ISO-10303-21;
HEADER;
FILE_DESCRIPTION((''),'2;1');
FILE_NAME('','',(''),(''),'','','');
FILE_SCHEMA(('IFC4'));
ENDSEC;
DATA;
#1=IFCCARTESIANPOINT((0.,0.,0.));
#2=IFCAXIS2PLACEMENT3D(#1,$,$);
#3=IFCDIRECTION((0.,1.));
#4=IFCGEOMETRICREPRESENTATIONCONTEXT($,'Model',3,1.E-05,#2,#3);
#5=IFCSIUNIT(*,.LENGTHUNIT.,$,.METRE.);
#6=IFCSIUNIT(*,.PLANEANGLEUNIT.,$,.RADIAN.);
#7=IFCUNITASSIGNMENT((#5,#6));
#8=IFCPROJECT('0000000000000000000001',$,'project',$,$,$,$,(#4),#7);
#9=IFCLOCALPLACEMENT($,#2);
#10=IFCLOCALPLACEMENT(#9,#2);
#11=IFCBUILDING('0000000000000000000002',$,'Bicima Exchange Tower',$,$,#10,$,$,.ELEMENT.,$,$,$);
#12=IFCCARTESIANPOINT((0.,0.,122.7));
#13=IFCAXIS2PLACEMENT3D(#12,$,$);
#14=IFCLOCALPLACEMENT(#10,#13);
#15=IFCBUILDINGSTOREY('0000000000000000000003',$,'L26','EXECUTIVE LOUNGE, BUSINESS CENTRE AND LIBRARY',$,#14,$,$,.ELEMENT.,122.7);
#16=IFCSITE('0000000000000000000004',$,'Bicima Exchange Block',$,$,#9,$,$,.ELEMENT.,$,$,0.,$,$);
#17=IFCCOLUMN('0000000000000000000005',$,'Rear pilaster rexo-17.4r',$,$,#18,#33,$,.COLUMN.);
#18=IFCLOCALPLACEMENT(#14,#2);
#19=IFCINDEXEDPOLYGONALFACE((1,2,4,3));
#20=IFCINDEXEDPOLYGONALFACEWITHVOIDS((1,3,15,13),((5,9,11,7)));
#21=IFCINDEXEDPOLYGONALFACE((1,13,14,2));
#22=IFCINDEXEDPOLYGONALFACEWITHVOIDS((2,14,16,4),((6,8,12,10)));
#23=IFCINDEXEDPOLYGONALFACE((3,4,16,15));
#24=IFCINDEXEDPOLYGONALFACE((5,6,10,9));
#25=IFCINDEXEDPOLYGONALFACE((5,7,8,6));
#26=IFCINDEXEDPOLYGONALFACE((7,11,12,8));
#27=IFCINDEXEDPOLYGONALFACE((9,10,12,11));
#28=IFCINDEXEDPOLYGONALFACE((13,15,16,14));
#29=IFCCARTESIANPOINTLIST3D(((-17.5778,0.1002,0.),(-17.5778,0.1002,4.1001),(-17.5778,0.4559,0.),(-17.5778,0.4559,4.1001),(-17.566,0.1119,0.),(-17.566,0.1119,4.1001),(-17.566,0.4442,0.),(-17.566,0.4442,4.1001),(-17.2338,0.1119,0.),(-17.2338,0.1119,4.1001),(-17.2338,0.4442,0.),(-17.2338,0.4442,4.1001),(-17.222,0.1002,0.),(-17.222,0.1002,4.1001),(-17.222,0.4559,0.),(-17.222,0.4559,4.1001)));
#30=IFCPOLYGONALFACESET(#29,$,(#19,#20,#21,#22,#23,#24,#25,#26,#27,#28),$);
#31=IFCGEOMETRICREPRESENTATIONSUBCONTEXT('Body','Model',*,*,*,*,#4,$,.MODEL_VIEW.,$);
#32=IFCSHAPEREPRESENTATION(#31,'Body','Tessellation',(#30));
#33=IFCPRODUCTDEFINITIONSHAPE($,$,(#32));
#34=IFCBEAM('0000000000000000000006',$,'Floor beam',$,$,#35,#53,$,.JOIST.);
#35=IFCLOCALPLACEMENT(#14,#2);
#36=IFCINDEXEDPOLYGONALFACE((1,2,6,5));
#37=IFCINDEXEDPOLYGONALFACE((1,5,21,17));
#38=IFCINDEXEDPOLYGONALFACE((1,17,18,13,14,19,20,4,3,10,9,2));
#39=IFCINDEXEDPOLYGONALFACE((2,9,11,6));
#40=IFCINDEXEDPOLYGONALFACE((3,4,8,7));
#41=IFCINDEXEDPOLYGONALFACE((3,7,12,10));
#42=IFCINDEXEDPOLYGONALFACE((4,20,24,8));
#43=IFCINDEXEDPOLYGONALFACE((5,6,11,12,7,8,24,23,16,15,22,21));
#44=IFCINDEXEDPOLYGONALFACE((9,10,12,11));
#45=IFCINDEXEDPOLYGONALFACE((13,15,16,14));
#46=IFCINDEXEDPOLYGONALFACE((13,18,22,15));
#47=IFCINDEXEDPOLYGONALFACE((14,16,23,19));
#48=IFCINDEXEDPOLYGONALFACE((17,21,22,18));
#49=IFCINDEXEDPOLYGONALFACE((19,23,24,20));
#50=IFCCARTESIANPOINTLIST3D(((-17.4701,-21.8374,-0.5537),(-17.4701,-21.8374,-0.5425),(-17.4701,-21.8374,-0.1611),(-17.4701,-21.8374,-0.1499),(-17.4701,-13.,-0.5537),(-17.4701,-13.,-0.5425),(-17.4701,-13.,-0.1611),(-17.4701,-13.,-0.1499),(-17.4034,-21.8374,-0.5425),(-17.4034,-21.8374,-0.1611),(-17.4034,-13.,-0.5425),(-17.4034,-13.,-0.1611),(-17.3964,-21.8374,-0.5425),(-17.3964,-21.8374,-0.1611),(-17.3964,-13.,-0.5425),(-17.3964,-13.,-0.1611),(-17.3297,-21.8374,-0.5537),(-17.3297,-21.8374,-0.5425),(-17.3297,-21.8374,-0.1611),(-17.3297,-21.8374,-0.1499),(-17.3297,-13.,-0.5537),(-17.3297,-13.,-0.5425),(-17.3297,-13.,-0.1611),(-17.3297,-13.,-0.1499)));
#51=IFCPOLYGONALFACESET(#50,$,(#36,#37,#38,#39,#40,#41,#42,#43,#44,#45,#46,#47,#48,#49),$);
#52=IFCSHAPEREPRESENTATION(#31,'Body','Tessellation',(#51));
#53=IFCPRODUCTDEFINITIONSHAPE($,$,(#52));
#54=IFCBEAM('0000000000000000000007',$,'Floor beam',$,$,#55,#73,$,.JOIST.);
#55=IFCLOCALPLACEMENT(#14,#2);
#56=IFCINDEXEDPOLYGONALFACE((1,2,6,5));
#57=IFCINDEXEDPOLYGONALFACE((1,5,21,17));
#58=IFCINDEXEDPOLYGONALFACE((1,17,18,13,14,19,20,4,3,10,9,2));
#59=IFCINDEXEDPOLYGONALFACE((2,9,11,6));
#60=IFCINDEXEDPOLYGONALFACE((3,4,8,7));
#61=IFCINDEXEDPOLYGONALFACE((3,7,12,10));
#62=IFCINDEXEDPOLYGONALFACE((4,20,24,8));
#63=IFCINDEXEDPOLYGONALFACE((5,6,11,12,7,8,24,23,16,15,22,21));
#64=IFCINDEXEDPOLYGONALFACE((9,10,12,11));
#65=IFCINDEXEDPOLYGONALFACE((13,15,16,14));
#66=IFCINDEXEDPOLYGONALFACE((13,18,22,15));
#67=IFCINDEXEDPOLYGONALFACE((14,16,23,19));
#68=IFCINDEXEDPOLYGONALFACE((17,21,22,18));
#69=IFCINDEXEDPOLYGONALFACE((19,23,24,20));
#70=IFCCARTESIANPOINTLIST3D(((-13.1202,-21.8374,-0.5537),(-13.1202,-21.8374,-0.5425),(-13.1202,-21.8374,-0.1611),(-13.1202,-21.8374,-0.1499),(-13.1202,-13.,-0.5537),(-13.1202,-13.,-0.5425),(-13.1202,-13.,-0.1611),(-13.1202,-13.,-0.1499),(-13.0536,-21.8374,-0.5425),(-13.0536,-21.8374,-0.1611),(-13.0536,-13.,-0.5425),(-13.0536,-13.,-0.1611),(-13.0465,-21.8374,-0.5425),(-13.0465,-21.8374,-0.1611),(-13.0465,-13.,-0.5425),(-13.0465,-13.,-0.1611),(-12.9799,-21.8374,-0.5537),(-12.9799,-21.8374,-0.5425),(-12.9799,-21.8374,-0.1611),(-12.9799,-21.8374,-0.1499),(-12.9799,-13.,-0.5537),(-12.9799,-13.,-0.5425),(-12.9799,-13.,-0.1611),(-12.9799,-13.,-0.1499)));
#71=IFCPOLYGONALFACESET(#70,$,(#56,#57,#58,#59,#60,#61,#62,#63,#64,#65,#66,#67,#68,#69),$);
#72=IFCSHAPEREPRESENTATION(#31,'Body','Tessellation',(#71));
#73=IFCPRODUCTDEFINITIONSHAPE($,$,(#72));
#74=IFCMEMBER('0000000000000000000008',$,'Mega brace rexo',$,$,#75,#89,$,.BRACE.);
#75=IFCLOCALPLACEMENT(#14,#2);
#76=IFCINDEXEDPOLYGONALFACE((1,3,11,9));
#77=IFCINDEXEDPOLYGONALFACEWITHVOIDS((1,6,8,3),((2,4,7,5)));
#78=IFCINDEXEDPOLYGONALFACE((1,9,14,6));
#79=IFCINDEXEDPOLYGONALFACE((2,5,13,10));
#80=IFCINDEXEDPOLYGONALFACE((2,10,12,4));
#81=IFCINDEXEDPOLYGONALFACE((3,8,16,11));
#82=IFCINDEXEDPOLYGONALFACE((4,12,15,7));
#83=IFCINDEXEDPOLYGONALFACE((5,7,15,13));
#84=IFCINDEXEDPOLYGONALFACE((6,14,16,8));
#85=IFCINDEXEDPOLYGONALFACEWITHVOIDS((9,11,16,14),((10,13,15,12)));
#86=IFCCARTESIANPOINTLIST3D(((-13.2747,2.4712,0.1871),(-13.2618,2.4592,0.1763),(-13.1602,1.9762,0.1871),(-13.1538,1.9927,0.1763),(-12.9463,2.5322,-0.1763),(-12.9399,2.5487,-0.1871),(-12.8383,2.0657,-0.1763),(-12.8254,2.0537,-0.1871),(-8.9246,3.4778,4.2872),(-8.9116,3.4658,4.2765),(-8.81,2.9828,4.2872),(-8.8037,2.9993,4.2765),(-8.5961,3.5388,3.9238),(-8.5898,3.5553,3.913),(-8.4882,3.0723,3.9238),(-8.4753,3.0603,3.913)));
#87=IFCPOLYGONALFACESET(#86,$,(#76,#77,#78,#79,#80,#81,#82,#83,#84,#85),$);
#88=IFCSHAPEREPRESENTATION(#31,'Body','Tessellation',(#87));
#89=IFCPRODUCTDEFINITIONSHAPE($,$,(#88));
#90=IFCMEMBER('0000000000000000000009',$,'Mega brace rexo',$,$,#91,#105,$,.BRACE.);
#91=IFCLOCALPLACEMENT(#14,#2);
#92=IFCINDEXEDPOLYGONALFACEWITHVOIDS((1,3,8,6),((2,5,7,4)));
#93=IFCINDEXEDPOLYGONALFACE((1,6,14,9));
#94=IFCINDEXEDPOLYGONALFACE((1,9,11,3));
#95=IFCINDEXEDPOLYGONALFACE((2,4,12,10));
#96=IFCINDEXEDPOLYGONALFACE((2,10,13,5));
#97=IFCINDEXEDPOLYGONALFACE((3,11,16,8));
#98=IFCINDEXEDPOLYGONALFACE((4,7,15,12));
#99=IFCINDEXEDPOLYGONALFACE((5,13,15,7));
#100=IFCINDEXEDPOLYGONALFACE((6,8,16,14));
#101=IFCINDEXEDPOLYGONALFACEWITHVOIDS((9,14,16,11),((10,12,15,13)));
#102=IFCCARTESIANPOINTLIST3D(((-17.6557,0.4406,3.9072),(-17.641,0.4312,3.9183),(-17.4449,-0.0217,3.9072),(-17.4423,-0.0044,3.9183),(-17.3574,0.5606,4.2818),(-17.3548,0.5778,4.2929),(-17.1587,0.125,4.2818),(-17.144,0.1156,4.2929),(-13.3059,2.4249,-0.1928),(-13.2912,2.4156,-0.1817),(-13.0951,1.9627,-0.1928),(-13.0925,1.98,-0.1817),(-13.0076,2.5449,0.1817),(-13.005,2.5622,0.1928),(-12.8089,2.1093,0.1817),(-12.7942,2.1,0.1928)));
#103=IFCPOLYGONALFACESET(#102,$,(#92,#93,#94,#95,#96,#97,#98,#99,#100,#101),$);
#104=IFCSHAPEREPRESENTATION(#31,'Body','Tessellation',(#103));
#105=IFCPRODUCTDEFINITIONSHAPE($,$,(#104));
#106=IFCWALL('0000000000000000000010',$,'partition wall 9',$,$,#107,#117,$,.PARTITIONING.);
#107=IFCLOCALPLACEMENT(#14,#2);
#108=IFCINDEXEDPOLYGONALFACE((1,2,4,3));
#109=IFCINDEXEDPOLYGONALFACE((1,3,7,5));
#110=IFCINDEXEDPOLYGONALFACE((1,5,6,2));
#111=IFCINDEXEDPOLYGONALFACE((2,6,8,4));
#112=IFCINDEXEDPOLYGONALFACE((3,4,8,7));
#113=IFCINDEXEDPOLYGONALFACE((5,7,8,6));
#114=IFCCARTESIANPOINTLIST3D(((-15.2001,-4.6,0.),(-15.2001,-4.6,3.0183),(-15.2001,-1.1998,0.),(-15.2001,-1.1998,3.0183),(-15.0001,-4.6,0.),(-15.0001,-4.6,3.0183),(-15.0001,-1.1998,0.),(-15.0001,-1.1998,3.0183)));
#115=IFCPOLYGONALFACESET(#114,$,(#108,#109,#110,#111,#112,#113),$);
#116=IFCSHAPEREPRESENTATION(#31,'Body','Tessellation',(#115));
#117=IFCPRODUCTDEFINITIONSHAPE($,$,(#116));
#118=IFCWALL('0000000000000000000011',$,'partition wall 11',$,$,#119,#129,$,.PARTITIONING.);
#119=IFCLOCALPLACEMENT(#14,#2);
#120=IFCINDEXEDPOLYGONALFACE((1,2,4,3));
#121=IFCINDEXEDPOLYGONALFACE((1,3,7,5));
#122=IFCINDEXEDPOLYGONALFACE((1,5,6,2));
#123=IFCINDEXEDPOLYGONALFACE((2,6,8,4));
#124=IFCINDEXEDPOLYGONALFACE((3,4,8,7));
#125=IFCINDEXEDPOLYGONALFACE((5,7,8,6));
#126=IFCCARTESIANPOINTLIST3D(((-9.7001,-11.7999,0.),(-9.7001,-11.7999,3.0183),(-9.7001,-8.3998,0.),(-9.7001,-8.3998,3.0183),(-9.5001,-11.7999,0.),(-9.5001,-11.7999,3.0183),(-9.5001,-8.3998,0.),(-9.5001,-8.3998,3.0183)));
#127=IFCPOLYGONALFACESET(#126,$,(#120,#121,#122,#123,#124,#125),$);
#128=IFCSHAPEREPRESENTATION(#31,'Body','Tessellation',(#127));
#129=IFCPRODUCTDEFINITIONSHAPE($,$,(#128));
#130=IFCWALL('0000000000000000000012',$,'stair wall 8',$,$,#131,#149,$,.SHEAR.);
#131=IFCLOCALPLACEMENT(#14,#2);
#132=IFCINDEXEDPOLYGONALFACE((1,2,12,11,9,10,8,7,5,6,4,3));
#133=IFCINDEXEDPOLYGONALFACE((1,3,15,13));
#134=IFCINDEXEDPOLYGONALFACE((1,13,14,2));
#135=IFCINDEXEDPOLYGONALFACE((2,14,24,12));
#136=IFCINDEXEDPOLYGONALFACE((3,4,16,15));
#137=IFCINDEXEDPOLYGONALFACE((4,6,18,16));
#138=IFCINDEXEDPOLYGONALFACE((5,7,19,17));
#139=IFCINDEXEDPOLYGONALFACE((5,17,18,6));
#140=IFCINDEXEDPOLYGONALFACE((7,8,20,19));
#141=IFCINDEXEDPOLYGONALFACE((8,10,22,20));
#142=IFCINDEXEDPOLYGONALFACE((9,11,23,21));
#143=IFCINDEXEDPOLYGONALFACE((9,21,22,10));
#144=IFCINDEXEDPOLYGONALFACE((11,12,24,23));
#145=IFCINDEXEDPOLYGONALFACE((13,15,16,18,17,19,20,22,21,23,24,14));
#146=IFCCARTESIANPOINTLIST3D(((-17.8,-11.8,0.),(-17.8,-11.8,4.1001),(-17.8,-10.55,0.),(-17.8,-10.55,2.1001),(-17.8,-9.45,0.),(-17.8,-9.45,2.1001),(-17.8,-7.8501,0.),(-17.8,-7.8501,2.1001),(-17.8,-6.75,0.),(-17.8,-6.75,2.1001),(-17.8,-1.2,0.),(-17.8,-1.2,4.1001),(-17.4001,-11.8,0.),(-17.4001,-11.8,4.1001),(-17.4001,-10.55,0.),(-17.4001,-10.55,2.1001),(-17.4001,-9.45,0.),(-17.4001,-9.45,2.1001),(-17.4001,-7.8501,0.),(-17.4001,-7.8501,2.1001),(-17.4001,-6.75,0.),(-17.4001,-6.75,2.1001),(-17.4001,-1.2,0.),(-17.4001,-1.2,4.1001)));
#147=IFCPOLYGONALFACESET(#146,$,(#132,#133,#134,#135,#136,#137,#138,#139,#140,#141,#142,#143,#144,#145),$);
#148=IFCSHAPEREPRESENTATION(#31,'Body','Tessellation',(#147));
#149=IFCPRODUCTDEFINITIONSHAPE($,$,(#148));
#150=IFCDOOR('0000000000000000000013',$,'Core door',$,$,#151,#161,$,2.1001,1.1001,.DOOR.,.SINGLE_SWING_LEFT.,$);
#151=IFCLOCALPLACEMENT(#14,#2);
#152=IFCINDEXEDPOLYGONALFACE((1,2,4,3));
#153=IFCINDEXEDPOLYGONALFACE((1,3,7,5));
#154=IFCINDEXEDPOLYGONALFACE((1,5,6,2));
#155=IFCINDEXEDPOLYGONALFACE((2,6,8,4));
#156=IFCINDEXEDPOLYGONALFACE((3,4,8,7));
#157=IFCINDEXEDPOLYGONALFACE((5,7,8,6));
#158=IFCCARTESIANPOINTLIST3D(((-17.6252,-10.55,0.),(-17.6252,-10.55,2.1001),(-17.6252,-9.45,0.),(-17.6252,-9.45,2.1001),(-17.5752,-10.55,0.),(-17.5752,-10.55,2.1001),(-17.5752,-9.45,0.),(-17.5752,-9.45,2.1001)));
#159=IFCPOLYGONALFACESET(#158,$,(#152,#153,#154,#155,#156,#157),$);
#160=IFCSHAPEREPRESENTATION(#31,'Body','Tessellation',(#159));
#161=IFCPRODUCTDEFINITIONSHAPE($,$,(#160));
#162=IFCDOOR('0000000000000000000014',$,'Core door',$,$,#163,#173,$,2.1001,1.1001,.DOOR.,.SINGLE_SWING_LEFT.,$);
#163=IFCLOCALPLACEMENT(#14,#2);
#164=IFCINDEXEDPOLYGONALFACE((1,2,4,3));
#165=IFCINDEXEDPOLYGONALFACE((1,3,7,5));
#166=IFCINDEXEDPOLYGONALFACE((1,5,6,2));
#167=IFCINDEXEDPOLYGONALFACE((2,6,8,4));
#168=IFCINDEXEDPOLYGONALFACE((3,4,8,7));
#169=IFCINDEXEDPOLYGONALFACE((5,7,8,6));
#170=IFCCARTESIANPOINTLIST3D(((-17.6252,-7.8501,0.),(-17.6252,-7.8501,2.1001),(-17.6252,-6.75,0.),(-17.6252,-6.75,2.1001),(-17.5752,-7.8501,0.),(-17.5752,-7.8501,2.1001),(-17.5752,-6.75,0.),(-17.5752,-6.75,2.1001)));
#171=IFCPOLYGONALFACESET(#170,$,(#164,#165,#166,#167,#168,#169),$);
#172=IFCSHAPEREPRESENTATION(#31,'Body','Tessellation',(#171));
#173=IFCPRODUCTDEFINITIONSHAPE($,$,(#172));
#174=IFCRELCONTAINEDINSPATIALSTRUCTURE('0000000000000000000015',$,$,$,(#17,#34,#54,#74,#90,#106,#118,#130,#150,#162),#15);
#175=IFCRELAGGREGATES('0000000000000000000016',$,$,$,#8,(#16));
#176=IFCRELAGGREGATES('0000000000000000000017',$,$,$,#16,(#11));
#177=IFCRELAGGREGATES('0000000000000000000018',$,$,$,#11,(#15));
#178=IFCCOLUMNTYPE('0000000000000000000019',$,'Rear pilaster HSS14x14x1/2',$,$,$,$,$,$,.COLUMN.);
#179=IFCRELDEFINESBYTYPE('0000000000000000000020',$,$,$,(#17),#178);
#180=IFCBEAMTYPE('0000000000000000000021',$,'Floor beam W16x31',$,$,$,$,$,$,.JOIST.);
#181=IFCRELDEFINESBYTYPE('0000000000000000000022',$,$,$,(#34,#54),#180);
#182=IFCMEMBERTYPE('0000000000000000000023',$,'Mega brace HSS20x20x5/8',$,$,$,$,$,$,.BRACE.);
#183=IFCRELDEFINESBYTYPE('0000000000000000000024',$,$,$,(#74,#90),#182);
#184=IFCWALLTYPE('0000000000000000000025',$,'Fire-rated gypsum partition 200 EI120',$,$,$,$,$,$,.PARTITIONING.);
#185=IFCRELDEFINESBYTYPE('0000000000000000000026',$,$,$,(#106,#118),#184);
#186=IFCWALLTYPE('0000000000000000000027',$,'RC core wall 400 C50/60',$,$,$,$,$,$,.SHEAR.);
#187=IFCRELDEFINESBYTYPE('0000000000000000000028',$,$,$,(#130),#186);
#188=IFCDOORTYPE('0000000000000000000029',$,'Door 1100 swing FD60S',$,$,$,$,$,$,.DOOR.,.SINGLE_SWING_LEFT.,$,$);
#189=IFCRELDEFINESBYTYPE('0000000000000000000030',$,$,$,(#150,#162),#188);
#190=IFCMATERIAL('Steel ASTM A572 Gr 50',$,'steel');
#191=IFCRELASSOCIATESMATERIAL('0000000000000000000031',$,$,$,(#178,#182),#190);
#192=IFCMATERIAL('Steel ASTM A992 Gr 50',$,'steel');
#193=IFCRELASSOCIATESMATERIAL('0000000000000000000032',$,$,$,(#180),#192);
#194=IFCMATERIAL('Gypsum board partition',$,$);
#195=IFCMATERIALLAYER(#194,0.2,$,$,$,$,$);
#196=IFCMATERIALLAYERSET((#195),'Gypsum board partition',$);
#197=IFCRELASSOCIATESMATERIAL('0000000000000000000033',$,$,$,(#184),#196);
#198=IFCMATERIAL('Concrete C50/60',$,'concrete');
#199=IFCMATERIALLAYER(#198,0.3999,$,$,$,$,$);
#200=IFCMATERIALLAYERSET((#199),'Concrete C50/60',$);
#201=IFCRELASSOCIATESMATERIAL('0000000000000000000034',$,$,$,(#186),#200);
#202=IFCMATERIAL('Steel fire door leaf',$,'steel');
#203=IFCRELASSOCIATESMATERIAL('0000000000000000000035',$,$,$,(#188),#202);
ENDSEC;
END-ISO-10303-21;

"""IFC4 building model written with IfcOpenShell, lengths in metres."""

from ifc_helpers import new_model, si_unit, direction, frame, frame_2d, origin, origin_2d, place, context, subcontext, project, spatial, rectangle, hollow_rectangle, i_section, extrude, material, layer, layer_set, material_profile, profile_set, type_object, element, fill, save


model = new_model("IFC4")

# Units and contexts
model_context = context("Model", 3, precision=1e-05, world=origin(), true_north=direction((0.0, 1.0)))
body_context = subcontext(model_context, "Body", "Model", "MODEL_VIEW")
ifc_project = project(units=[si_unit("LENGTHUNIT", "METRE"), si_unit("PLANEANGLEUNIT", "RADIAN")], contexts=[model_context])

# Site, building, storey
site_placement = place(None, origin())
site = spatial("IfcSite", under=ifc_project, at=site_placement, Name="Bicima Exchange Block", CompositionType="ELEMENT", RefElevation=0.0)
building_placement = place(site_placement, origin())
building = spatial("IfcBuilding", under=site, at=building_placement, Name="Bicima Exchange Tower", CompositionType="ELEMENT")
storey_placement = place(building_placement, frame((0.0, 0.0, 122.7)))
storey = spatial("IfcBuildingStorey", under=building, at=storey_placement, Name="L26", Description="EXECUTIVE LOUNGE, BUSINESS CENTRE AND LIBRARY", CompositionType="ELEMENT", Elevation=122.7)

# Column
ifc_material_1 = material(Name="Steel ASTM A572 Gr 50", Category="steel")
ifc_material_profile_1 = material_profile(ifc_material_1, hollow_rectangle(XDim=0.3557, YDim=0.3557, WallThickness=0.0117, at=origin_2d()))
ifc_profile_set_1 = profile_set([ifc_material_profile_1], Name="Steel ASTM A572 Gr 50")
column_type = type_object("IfcColumnType", Name="Rear pilaster HSS14x14x1/2", PredefinedType="COLUMN", material=ifc_profile_set_1)
column_placement = place(storey_placement, frame((-17.3999, 0.2781, 0.0), z_axis=(0.0, 0.0, 1.0), x_axis=(1.0, 0.0, 0.0)))
element("IfcColumn", 1, at=column_placement, inside=storey, type_object=column_type, Name="Rear pilaster rexo-17.4r", PredefinedType="COLUMN", context=body_context, shape_type="SweptSolid", body=[
    extrude(hollow_rectangle(XDim=0.3557, YDim=0.3557, WallThickness=0.0117, at=origin_2d()), origin(), (0.0, 0.0, 1.0), 4.1001),
])

# Beams
ifc_material_2 = material(Name="Steel ASTM A992 Gr 50", Category="steel")
ifc_material_profile_2 = material_profile(ifc_material_2, i_section(OverallWidth=0.1404, OverallDepth=0.4038, WebThickness=0.0071, FlangeThickness=0.0112, at=origin_2d()))
ifc_profile_set_2 = profile_set([ifc_material_profile_2], Name="Steel ASTM A992 Gr 50")
beam_type = type_object("IfcBeamType", Name="Floor beam W16x31", PredefinedType="JOIST", material=ifc_profile_set_2)
for number, where, z_axis, x_axis, name in (
    (2, (-17.3999, -13.0, -0.3518), (0.0, -1.0, 0.0), (1.0, 0.0, 0.0), "Floor beam"),
    (3, (-13.05, -13.0, -0.3518), (0.0, -1.0, 0.0), (1.0, 0.0, 0.0), "Floor beam"),
):
    element("IfcBeam", number, at=place(storey_placement, frame(where, z_axis=z_axis, x_axis=x_axis)), inside=storey, type_object=beam_type, Name=name, PredefinedType="JOIST", context=body_context, shape_type="SweptSolid", body=[
        extrude(i_section(OverallWidth=0.1404, OverallDepth=0.4038, WebThickness=0.0071, FlangeThickness=0.0112, at=origin_2d()), origin(), (0.0, 0.0, 1.0), 8.8374),
    ])

# Members
ifc_material_profile_3 = material_profile(ifc_material_1, hollow_rectangle(XDim=0.5081, YDim=0.5081, WallThickness=0.0146, at=origin_2d()))
ifc_profile_set_3 = profile_set([ifc_material_profile_3], Name="Steel ASTM A572 Gr 50")
member_type = type_object("IfcMemberType", Name="Mega brace HSS20x20x5/8", PredefinedType="BRACE", material=ifc_profile_set_3)
member_1_placement = place(storey_placement, frame((-13.05, 2.2625, 0.0), z_axis=(0.717606, 0.166051, 0.676365), x_axis=(-0.225439, 0.974257, 0.0)))
element("IfcMember", 4, at=member_1_placement, inside=storey, type_object=member_type, Name="Mega brace rexo", PredefinedType="BRACE", context=body_context, shape_type="SweptSolid", body=[
    extrude(hollow_rectangle(XDim=0.5081, YDim=0.5081, WallThickness=0.0146, at=origin_2d()), origin(), (0.0, 0.0, 1.0), 6.062),
])
member_2_placement = place(storey_placement, frame((-13.05, 2.2625, 0.0), z_axis=(-0.690629, -0.31506, 0.650975), x_axis=(0.415045, -0.909801, 0.0)))
element("IfcMember", 5, at=member_2_placement, inside=storey, type_object=member_type, Name="Mega brace rexo", PredefinedType="BRACE", context=body_context, shape_type="SweptSolid", body=[
    extrude(hollow_rectangle(XDim=0.5081, YDim=0.5081, WallThickness=0.0146, at=origin_2d()), origin(), (0.0, 0.0, 1.0), 6.2983),
])

# Walls
ifc_material_3 = material(Name="Gypsum board partition")
ifc_layer_1 = layer(ifc_material_3, 0.2)
ifc_layer_set_1 = layer_set([ifc_layer_1], Name="Gypsum board partition")
wall_type_1 = type_object("IfcWallType", Name="Fire-rated gypsum partition 200 EI120", PredefinedType="PARTITIONING", material=ifc_layer_set_1)
for number, where, z_axis, x_axis, name in (
    (6, (-15.1001, -4.6001, 0.0), (0.0, 0.0, 1.0), (0.0, 1.0, 0.0), "partition wall 9"),
    (7, (-9.6001, -11.8, 0.0), (0.0, 0.0, 1.0), (0.0, 1.0, 0.0), "partition wall 11"),
):
    element("IfcWall", number, at=place(storey_placement, frame(where, z_axis=z_axis, x_axis=x_axis)), inside=storey, type_object=wall_type_1, Name=name, PredefinedType="PARTITIONING", context=body_context, shape_type="SweptSolid", body=[
        extrude(rectangle(XDim=3.4001, YDim=0.2, at=frame_2d((1.7002, 0.0))), origin(), (0.0, 0.0, 1.0), 3.0183),
    ])

# Wall, openings, doors
ifc_material_4 = material(Name="Concrete C50/60", Category="concrete")
ifc_layer_2 = layer(ifc_material_4, 0.3999)
ifc_layer_set_2 = layer_set([ifc_layer_2], Name="Concrete C50/60")
wall_type_2 = type_object("IfcWallType", Name="RC core wall 400 C50/60", PredefinedType="SHEAR", material=ifc_layer_set_2)
wall_1_placement = place(storey_placement, frame((-17.6001, -11.8, 0.0), z_axis=(0.0, 0.0, 1.0), x_axis=(0.0, 1.0, 0.0)))
wall_1 = element("IfcWall", 8, at=wall_1_placement, inside=storey, type_object=wall_type_2, Name="stair wall 8", PredefinedType="SHEAR", context=body_context, shape_type="SweptSolid", body=[
    extrude(rectangle(XDim=10.6001, YDim=0.3999, at=frame_2d((5.3, 0.0))), origin(), (0.0, 0.0, 1.0), 4.1001),
])
opening_1_placement = place(wall_1_placement, frame((1.25, 0.0, 0.0)))
opening_1 = element("IfcOpeningElement", 9, at=opening_1_placement, cuts=wall_1, PredefinedType="OPENING", context=body_context, shape_type="SweptSolid", body=[
    extrude(rectangle(XDim=1.1001, YDim=2.1001, at=frame_2d((0.55, 1.05))), frame((0.0, 0.2119, 0.0), z_axis=(0.0, -1.0, 0.0), x_axis=(1.0, 0.0, 0.0)), (0.0, 0.0, 1.0), 0.4238),
])
opening_2_placement = place(wall_1_placement, frame((3.95, 0.0, 0.0)))
opening_2 = element("IfcOpeningElement", 10, at=opening_2_placement, cuts=wall_1, PredefinedType="OPENING", context=body_context, shape_type="SweptSolid", body=[
    extrude(rectangle(XDim=1.1001, YDim=2.1001, at=frame_2d((0.55, 1.05))), frame((0.0, 0.2119, 0.0), z_axis=(0.0, -1.0, 0.0), x_axis=(1.0, 0.0, 0.0)), (0.0, 0.0, 1.0), 0.4238),
])
ifc_material_5 = material(Name="Steel fire door leaf", Category="steel")
door_type_1 = type_object("IfcDoorType", Name="Door 1100 swing FD60S", OperationType="SINGLE_SWING_LEFT", PredefinedType="DOOR", material=ifc_material_5)
door_1_placement = place(opening_1_placement, frame((1.1001, 0.0, 0.0), z_axis=(0.0, 0.0, 1.0), x_axis=(-1.0, 0.0, 0.0)))
door_1 = element("IfcDoor", 11, at=door_1_placement, inside=storey, type_object=door_type_1, Name="Core door", OperationType="SINGLE_SWING_LEFT", OverallHeight=2.1001, OverallWidth=1.1001, PredefinedType="DOOR", context=body_context, shape_type="SweptSolid", body=[
    extrude(rectangle(XDim=1.1001, YDim=2.1001, at=frame_2d((0.55, 1.05))), frame((0.0, 0.0249, 0.0), z_axis=(0.0, -1.0, 0.0), x_axis=(1.0, 0.0, 0.0)), (0.0, 0.0, 1.0), 0.05),
])
fill(opening_1, door_1)
door_2_placement = place(opening_2_placement, frame((1.1001, 0.0, 0.0), z_axis=(0.0, 0.0, 1.0), x_axis=(-1.0, 0.0, 0.0)))
door_2 = element("IfcDoor", 12, at=door_2_placement, inside=storey, type_object=door_type_1, Name="Core door", OperationType="SINGLE_SWING_LEFT", OverallHeight=2.1001, OverallWidth=1.1001, PredefinedType="DOOR", context=body_context, shape_type="SweptSolid", body=[
    extrude(rectangle(XDim=1.1001, YDim=2.1001, at=frame_2d((0.55, 1.05))), frame((0.0, 0.0249, 0.0), z_axis=(0.0, -1.0, 0.0), x_axis=(1.0, 0.0, 0.0)), (0.0, 0.0, 1.0), 0.05),
])
fill(opening_2, door_2)

save(model, "model.ifc")
